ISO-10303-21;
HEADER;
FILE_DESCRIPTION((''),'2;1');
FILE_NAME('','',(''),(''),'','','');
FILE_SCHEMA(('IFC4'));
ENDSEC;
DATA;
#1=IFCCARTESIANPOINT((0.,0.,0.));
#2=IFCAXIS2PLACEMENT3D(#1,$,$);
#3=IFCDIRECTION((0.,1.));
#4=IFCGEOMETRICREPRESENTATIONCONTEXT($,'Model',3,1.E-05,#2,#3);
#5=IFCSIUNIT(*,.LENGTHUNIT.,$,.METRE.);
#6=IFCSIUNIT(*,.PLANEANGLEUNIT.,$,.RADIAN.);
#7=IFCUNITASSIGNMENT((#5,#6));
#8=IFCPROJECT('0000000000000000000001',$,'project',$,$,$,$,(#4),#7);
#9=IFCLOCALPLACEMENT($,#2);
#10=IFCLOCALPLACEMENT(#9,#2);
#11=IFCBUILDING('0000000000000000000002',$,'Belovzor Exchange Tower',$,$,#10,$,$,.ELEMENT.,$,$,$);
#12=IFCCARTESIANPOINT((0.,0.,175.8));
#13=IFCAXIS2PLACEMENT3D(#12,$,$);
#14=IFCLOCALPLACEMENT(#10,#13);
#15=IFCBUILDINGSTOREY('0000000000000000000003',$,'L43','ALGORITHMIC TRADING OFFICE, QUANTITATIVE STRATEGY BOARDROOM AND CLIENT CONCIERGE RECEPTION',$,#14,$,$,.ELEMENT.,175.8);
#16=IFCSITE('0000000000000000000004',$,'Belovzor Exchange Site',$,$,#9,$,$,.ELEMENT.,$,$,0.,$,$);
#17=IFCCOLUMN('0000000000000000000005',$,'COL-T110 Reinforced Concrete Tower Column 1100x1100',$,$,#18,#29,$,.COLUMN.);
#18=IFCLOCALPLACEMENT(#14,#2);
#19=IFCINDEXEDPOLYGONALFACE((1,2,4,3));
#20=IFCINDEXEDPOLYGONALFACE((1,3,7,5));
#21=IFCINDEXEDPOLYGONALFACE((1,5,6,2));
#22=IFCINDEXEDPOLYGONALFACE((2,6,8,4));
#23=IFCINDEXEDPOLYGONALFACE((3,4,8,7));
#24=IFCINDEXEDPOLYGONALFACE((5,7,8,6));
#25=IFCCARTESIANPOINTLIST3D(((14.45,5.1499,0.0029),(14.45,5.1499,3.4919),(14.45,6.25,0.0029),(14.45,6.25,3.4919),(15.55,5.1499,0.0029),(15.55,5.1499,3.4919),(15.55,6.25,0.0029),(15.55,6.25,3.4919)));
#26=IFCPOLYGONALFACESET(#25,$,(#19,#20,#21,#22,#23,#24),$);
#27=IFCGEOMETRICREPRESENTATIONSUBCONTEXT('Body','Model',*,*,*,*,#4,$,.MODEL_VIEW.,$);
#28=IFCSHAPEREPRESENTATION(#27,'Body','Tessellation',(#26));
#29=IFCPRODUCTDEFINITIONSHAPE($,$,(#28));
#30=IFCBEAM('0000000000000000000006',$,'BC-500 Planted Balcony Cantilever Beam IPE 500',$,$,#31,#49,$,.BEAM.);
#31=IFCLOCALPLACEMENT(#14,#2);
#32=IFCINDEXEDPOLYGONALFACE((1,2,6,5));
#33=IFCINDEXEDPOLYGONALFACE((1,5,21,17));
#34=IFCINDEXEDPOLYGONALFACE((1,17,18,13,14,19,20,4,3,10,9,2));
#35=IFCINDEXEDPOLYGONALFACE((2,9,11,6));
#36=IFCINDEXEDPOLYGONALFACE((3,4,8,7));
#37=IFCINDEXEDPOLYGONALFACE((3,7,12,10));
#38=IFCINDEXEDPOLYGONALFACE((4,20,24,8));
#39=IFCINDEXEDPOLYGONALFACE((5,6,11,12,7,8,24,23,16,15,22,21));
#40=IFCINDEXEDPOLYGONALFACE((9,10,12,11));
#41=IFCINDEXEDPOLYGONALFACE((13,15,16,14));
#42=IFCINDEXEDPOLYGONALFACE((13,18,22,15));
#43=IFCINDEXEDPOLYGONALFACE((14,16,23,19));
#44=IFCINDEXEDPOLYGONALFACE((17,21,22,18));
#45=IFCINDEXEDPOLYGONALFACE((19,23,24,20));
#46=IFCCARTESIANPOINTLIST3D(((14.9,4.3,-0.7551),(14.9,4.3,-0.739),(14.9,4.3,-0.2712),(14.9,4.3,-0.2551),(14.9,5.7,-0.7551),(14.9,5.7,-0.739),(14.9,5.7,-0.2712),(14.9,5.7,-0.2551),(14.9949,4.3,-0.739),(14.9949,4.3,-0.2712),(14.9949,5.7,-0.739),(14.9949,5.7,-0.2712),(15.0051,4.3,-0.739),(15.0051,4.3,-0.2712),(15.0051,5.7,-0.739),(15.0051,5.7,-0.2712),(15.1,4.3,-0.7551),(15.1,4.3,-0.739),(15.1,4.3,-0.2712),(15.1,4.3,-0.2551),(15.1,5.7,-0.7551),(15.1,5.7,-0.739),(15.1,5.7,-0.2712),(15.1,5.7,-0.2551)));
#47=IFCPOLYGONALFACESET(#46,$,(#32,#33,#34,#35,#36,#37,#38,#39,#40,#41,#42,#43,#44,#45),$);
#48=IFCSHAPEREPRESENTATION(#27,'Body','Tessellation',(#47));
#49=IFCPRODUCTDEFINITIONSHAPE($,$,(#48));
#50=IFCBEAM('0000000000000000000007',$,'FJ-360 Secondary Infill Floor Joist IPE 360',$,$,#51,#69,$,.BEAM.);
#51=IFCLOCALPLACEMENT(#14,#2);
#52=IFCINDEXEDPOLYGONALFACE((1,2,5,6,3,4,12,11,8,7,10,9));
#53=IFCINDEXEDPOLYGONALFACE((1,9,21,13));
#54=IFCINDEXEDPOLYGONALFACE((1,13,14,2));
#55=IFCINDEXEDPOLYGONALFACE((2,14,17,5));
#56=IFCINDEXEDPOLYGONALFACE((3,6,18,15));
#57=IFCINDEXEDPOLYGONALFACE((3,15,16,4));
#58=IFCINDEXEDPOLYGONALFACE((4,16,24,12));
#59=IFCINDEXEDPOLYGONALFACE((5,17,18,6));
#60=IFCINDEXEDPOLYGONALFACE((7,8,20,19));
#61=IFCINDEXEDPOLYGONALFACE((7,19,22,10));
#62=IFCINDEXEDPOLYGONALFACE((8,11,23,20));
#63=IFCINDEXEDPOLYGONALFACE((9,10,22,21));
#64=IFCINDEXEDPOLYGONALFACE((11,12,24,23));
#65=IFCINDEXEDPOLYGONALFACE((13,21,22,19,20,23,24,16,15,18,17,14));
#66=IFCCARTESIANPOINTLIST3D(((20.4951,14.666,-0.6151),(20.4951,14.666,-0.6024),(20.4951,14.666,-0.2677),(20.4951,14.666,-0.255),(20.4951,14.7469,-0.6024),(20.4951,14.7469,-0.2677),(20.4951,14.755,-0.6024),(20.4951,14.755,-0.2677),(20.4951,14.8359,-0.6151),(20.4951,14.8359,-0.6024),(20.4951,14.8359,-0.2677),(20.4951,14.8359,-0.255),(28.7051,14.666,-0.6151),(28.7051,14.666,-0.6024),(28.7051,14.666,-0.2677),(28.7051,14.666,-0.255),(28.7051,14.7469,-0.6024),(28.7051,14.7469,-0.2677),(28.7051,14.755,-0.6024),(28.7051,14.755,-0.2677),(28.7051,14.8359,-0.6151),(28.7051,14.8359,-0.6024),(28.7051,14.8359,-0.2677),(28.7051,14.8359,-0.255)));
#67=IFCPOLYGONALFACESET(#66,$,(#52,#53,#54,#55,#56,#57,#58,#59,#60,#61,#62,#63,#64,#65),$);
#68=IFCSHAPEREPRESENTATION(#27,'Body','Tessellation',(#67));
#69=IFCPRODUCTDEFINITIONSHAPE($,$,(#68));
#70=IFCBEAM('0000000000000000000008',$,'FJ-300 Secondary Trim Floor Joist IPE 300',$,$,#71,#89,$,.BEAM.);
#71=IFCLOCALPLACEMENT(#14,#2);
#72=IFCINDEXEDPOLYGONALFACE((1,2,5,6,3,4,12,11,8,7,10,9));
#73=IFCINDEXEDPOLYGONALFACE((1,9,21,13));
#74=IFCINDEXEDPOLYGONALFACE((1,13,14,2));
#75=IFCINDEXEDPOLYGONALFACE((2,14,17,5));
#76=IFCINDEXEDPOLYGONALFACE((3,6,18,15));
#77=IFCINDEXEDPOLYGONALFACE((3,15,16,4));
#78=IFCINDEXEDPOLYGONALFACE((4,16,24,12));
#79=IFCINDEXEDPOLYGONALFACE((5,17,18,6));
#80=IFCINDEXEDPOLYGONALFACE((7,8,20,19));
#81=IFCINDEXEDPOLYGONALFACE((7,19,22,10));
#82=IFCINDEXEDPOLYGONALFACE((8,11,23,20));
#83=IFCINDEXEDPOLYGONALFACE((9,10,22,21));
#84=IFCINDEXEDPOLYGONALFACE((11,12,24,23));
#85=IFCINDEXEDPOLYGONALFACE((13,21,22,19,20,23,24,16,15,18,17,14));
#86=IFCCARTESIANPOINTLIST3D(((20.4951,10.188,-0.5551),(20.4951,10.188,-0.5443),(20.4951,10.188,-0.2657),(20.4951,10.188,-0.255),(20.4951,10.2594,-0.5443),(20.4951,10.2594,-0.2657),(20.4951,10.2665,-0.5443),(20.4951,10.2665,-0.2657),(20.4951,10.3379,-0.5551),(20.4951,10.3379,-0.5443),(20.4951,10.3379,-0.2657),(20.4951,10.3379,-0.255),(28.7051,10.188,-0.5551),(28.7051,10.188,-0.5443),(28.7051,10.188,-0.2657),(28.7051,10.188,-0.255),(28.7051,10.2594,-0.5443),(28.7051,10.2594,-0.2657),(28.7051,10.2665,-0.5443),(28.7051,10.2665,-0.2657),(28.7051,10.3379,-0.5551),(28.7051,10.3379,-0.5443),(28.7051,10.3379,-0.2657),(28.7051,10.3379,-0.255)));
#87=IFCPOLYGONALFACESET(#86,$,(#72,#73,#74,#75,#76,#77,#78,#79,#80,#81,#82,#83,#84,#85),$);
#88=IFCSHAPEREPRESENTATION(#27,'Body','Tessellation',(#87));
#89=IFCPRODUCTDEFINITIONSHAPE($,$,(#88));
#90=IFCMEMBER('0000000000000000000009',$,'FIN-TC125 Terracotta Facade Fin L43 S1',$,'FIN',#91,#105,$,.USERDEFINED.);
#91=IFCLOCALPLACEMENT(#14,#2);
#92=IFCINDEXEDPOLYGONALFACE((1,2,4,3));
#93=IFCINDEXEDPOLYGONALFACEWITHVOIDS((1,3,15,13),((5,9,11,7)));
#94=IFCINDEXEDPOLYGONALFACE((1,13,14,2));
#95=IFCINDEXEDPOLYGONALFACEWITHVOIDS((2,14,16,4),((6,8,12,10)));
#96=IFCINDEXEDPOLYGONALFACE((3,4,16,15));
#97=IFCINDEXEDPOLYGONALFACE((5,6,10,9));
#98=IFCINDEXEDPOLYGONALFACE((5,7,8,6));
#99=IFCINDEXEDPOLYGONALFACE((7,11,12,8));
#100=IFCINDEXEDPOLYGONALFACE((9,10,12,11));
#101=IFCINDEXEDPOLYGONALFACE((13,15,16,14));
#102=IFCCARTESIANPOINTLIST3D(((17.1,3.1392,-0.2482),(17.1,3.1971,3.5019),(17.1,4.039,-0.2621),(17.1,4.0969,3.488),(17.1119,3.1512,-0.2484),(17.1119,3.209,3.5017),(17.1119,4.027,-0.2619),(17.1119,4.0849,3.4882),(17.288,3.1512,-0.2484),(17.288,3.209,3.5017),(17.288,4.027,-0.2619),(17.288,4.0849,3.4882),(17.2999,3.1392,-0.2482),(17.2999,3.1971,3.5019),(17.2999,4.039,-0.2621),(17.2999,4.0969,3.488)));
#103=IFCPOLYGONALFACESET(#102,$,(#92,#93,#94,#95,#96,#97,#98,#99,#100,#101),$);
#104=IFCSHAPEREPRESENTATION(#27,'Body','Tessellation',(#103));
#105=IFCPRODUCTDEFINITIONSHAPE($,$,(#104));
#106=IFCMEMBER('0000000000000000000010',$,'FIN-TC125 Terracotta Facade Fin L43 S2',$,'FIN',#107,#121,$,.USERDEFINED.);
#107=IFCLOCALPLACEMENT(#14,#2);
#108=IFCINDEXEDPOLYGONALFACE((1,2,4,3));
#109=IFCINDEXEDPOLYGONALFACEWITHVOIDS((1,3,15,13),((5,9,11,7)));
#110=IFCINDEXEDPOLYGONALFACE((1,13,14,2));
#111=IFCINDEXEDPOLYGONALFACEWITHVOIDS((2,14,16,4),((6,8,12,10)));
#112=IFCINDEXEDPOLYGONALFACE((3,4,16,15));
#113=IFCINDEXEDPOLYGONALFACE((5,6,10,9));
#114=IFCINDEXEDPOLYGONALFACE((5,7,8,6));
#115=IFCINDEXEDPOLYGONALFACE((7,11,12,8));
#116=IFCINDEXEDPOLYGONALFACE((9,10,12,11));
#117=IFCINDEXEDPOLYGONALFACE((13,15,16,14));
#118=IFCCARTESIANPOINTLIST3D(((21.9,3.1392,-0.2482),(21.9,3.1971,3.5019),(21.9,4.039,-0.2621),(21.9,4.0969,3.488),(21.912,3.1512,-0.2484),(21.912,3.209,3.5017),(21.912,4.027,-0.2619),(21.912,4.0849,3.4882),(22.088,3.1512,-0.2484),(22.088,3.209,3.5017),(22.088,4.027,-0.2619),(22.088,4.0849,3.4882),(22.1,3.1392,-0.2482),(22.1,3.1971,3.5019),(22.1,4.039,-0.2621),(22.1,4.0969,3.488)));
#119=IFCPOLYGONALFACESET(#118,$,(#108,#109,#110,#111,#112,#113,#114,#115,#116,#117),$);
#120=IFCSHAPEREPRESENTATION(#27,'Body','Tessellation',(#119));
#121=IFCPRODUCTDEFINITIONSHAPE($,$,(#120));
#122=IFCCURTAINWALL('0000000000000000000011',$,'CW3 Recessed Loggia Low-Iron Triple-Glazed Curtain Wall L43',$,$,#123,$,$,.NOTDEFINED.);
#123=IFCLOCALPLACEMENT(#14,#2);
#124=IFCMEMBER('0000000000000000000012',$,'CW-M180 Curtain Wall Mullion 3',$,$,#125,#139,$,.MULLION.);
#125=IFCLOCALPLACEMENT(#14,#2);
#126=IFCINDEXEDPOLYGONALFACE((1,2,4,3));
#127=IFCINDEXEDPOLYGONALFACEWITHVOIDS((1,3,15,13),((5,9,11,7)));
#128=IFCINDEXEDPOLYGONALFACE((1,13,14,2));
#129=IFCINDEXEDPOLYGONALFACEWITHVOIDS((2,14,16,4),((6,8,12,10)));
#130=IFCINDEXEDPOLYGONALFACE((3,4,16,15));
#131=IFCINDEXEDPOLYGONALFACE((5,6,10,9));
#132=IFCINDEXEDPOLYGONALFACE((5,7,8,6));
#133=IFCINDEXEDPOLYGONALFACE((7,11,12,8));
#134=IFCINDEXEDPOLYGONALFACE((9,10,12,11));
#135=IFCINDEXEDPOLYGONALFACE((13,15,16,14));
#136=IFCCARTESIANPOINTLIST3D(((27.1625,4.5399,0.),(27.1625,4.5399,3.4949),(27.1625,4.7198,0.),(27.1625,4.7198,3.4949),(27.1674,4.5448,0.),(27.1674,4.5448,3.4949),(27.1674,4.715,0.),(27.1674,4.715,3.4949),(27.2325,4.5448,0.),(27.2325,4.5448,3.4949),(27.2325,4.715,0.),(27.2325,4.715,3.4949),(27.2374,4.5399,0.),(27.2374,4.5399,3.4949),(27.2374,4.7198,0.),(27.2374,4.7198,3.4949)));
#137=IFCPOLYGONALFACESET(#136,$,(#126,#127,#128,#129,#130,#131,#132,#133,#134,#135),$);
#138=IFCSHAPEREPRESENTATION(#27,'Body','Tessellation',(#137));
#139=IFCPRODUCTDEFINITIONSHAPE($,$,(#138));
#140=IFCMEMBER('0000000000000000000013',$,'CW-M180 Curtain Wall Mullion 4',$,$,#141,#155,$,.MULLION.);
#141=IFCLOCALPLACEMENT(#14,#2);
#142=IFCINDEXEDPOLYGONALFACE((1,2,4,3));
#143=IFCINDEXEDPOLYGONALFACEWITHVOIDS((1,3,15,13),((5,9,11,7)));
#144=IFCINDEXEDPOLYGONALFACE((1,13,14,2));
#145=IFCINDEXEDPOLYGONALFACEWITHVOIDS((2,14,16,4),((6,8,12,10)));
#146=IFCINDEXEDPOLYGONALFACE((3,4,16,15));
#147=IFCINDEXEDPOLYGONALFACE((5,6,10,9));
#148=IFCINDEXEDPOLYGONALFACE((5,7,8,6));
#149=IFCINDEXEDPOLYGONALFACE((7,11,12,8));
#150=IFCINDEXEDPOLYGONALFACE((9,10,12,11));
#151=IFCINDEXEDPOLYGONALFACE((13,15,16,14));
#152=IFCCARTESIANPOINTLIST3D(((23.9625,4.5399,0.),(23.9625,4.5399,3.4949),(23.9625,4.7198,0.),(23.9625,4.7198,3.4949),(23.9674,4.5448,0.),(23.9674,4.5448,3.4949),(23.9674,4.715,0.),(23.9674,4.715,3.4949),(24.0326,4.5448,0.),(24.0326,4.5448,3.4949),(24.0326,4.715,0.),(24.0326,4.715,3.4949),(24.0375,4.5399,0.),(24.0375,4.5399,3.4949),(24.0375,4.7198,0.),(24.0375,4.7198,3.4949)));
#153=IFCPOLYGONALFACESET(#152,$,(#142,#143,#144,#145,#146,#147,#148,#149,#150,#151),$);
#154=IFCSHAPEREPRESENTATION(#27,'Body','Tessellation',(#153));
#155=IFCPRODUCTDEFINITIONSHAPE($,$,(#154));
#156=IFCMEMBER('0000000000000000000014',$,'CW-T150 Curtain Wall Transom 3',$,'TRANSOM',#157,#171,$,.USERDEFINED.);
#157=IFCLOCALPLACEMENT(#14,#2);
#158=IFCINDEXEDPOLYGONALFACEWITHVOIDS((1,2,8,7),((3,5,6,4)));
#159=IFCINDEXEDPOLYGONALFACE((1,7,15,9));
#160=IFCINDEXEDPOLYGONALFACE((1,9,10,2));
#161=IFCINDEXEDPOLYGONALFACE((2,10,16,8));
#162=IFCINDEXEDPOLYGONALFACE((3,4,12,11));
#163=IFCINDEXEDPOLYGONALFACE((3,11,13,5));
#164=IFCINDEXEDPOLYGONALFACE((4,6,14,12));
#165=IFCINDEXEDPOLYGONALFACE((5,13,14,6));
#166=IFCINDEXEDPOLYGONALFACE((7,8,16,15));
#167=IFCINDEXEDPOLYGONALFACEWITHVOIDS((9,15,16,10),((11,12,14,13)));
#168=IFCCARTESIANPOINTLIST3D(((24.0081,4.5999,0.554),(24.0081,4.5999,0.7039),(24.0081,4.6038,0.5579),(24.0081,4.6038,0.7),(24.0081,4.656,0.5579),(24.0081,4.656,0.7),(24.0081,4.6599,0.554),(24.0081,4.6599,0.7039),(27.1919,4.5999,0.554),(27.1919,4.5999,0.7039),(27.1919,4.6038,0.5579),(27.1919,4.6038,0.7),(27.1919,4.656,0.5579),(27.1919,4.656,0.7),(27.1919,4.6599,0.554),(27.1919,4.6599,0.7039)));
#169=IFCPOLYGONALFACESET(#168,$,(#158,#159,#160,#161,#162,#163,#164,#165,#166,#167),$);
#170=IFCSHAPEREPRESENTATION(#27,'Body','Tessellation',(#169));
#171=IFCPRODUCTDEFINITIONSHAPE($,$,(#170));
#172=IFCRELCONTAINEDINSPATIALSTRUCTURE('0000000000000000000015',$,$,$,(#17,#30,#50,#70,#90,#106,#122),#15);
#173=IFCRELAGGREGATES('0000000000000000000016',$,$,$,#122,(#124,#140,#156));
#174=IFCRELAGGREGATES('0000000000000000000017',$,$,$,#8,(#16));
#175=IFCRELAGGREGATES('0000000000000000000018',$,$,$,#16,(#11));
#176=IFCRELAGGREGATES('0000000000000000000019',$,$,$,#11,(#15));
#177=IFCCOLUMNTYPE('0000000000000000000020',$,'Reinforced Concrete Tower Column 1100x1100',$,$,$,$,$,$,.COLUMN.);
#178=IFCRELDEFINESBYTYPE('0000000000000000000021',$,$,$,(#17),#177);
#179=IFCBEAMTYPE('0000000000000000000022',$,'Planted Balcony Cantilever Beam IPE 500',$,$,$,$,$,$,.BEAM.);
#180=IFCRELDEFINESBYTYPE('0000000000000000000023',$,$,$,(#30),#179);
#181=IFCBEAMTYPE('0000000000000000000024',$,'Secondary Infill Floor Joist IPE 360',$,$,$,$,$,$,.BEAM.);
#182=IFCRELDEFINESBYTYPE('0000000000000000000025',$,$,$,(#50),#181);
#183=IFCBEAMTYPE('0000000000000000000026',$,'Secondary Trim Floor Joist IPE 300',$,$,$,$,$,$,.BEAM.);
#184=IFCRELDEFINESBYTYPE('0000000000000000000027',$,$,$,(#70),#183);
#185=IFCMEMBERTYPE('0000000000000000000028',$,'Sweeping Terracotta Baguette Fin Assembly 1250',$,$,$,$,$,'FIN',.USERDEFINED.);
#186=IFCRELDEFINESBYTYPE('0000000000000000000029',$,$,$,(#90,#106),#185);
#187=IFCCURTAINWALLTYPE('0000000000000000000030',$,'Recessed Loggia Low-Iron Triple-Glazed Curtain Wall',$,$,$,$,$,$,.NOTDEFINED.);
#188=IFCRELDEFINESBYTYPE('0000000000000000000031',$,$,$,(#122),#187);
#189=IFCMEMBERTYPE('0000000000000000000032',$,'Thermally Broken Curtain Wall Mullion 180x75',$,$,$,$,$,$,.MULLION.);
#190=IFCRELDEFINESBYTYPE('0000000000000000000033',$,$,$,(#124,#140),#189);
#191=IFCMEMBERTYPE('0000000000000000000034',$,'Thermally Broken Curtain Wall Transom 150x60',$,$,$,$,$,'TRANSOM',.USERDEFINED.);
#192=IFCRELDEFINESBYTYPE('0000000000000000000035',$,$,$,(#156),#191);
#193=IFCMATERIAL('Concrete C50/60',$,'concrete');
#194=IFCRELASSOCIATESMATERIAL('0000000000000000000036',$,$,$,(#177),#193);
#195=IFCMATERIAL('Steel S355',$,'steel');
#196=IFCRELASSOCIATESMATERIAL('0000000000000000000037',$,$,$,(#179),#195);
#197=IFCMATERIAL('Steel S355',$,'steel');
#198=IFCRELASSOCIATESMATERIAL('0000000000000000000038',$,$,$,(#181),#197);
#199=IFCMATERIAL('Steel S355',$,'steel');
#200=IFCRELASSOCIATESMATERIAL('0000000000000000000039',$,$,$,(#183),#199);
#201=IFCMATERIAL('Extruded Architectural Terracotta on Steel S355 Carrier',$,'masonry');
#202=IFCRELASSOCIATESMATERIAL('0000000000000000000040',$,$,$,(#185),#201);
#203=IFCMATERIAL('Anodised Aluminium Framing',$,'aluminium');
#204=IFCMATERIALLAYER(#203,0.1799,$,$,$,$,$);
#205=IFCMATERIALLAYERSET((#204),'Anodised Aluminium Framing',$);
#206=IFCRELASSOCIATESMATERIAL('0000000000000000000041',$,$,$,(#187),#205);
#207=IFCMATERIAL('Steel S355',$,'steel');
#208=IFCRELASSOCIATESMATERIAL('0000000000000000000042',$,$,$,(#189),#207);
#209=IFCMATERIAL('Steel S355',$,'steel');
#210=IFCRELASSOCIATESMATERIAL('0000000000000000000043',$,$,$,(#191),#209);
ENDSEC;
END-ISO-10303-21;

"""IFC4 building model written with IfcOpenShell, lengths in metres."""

from ifc_helpers import new_model, si_unit, direction, frame, origin, origin_2d, place, context, subcontext, project, spatial, rectangle, hollow_rectangle, i_section, extrude, material, layer, layer_set, material_profile, profile_set, type_object, element, aggregate, save


model = new_model("IFC4")

# Units and contexts
model_context = context("Model", 3, precision=1e-05, world=origin(), true_north=direction((0.0, 1.0)))
body_context = subcontext(model_context, "Body", "Model", "MODEL_VIEW")
ifc_project = project(units=[si_unit("LENGTHUNIT", "METRE"), si_unit("PLANEANGLEUNIT", "RADIAN")], contexts=[model_context])

# Site, building, storey
site_placement = place(None, origin())
site = spatial("IfcSite", under=ifc_project, at=site_placement, Name="Belovzor Exchange Site", CompositionType="ELEMENT", RefElevation=0.0)
building_placement = place(site_placement, origin())
building = spatial("IfcBuilding", under=site, at=building_placement, Name="Belovzor Exchange Tower", CompositionType="ELEMENT")
storey_placement = place(building_placement, frame((0.0, 0.0, 175.8)))
storey = spatial("IfcBuildingStorey", under=building, at=storey_placement, Name="L43", Description="ALGORITHMIC TRADING OFFICE, QUANTITATIVE STRATEGY BOARDROOM AND CLIENT CONCIERGE RECEPTION", CompositionType="ELEMENT", Elevation=175.8)

# Column
ifc_material_1 = material(Name="Concrete C50/60", Category="concrete")
ifc_material_profile_1 = material_profile(ifc_material_1, rectangle(XDim=1.1001, YDim=1.1001, at=origin_2d()))
ifc_profile_set_1 = profile_set([ifc_material_profile_1], Name="Concrete C50/60")
column_type = type_object("IfcColumnType", Name="Reinforced Concrete Tower Column 1100x1100", PredefinedType="COLUMN", material=ifc_profile_set_1)
column_placement = place(storey_placement, frame((15.0, 5.7, 0.0029), z_axis=(0.0, 0.0, 1.0), x_axis=(1.0, 0.0, 0.0)))
element("IfcColumn", 1, at=column_placement, inside=storey, type_object=column_type, Name="COL-T110 Reinforced Concrete Tower Column 1100x1100", PredefinedType="COLUMN", context=body_context, shape_type="SweptSolid", body=[
    extrude(rectangle(XDim=1.1001, YDim=1.1001, at=origin_2d()), origin(), (0.0, 0.0, 1.0), 3.489),
])

# Beams
ifc_material_2 = material(Name="Steel S355", Category="steel")
ifc_material_profile_2 = material_profile(ifc_material_2, i_section(OverallWidth=0.2, OverallDepth=0.5, WebThickness=0.0103, FlangeThickness=0.0161, at=origin_2d()))
ifc_profile_set_2 = profile_set([ifc_material_profile_2], Name="Steel S355")
beam_type_1 = type_object("IfcBeamType", Name="Planted Balcony Cantilever Beam IPE 500", PredefinedType="BEAM", material=ifc_profile_set_2)
beam_1_placement = place(storey_placement, frame((15.0, 5.7, -0.5051), z_axis=(0.0, -1.0, 0.0), x_axis=(1.0, 0.0, 0.0)))
element("IfcBeam", 2, at=beam_1_placement, inside=storey, type_object=beam_type_1, Name="BC-500 Planted Balcony Cantilever Beam IPE 500", PredefinedType="BEAM", context=body_context, shape_type="SweptSolid", body=[
    extrude(i_section(OverallWidth=0.2, OverallDepth=0.5, WebThickness=0.0103, FlangeThickness=0.0161, at=origin_2d()), origin(), (0.0, 0.0, 1.0), 1.3999),
])
ifc_material_3 = material(Name="Steel S355", Category="steel")
ifc_material_profile_3 = material_profile(ifc_material_3, i_section(OverallWidth=0.1699, OverallDepth=0.3601, WebThickness=0.0081, FlangeThickness=0.0127, at=origin_2d()))
ifc_profile_set_3 = profile_set([ifc_material_profile_3], Name="Steel S355")
beam_type_2 = type_object("IfcBeamType", Name="Secondary Infill Floor Joist IPE 360", PredefinedType="BEAM", material=ifc_profile_set_3)
beam_2_placement = place(storey_placement, frame((20.4951, 14.751, -0.4351), z_axis=(1.0, 0.0, 0.0), x_axis=(0.0, 1.0, 0.0)))
element("IfcBeam", 3, at=beam_2_placement, inside=storey, type_object=beam_type_2, Name="FJ-360 Secondary Infill Floor Joist IPE 360", PredefinedType="BEAM", context=body_context, shape_type="SweptSolid", body=[
    extrude(i_section(OverallWidth=0.1699, OverallDepth=0.3601, WebThickness=0.0081, FlangeThickness=0.0127, at=origin_2d()), origin(), (0.0, 0.0, 1.0), 8.21),
])
ifc_material_4 = material(Name="Steel S355", Category="steel")
ifc_material_profile_4 = material_profile(ifc_material_4, i_section(OverallWidth=0.1499, OverallDepth=0.3, WebThickness=0.0071, FlangeThickness=0.0107, at=origin_2d()))
ifc_profile_set_4 = profile_set([ifc_material_profile_4], Name="Steel S355")
beam_type_3 = type_object("IfcBeamType", Name="Secondary Trim Floor Joist IPE 300", PredefinedType="BEAM", material=ifc_profile_set_4)
beam_3_placement = place(storey_placement, frame((20.4951, 10.2629, -0.405), z_axis=(1.0, 0.0, 0.0), x_axis=(0.0, 1.0, 0.0)))
element("IfcBeam", 4, at=beam_3_placement, inside=storey, type_object=beam_type_3, Name="FJ-300 Secondary Trim Floor Joist IPE 300", PredefinedType="BEAM", context=body_context, shape_type="SweptSolid", body=[
    extrude(i_section(OverallWidth=0.1499, OverallDepth=0.3, WebThickness=0.0071, FlangeThickness=0.0107, at=origin_2d()), origin(), (0.0, 0.0, 1.0), 8.21),
])

# Members
ifc_material_5 = material(Name="Extruded Architectural Terracotta on Steel S355 Carrier", Category="masonry")
ifc_material_profile_5 = material_profile(ifc_material_5, hollow_rectangle(XDim=0.2, YDim=0.8999, WallThickness=0.012, at=origin_2d()))
ifc_profile_set_5 = profile_set([ifc_material_profile_5], Name="Extruded Architectural Terracotta on Steel S355 Carrier")
member_type_1 = type_object("IfcMemberType", Name="Sweeping Terracotta Baguette Fin Assembly 1250", ElementType="FIN", PredefinedType="USERDEFINED", material=ifc_profile_set_5)
for number, where, z_axis, x_axis, name in (
    (5, (17.2, 3.5891, -0.2551), (0.0, 0.015428, 0.999881), (-1.0, 0.0, 0.0), "FIN-TC125 Terracotta Facade Fin L43 S1"),
    (6, (22.0, 3.5891, -0.2551), (0.0, 0.015428, 0.999881), (-1.0, 0.0, 0.0), "FIN-TC125 Terracotta Facade Fin L43 S2"),
):
    element("IfcMember", number, at=place(storey_placement, frame(where, z_axis=z_axis, x_axis=x_axis)), inside=storey, type_object=member_type_1, Name=name, ObjectType="FIN", PredefinedType="USERDEFINED", context=body_context, shape_type="SweptSolid", body=[
        extrude(hollow_rectangle(XDim=0.2, YDim=0.8999, WallThickness=0.012, at=origin_2d()), origin(), (0.0, 0.0, 1.0), 3.7505),
    ])

# Curtain wall, members
ifc_material_6 = material(Name="Anodised Aluminium Framing", Category="aluminium")
ifc_layer_1 = layer(ifc_material_6, 0.1799)
ifc_layer_set_1 = layer_set([ifc_layer_1], Name="Anodised Aluminium Framing")
curtain_wall_type = type_object("IfcCurtainWallType", Name="Recessed Loggia Low-Iron Triple-Glazed Curtain Wall", PredefinedType="NOTDEFINED", material=ifc_layer_set_1)
curtain_wall_placement = place(storey_placement, origin())
curtain_wall = element("IfcCurtainWall", 7, at=curtain_wall_placement, inside=storey, type_object=curtain_wall_type, Name="CW3 Recessed Loggia Low-Iron Triple-Glazed Curtain Wall L43", PredefinedType="NOTDEFINED")
ifc_material_7 = material(Name="Steel S355", Category="steel")
ifc_material_profile_6 = material_profile(ifc_material_7, hollow_rectangle(XDim=0.075, YDim=0.1799, WallThickness=0.0049, at=origin_2d()))
ifc_profile_set_6 = profile_set([ifc_material_profile_6], Name="Steel S355")
member_type_2 = type_object("IfcMemberType", Name="Thermally Broken Curtain Wall Mullion 180x75", PredefinedType="MULLION", material=ifc_profile_set_6)
member_1_placement = place(storey_placement, frame((27.2, 4.6299, 0.0), z_axis=(0.0, 0.0, 1.0), x_axis=(-1.0, 0.0, 0.0)))
member_1 = element("IfcMember", 8, at=member_1_placement, type_object=member_type_2, Name="CW-M180 Curtain Wall Mullion 3", PredefinedType="MULLION", context=body_context, shape_type="SweptSolid", body=[
    extrude(hollow_rectangle(XDim=0.075, YDim=0.1799, WallThickness=0.0049, at=origin_2d()), origin(), (0.0, 0.0, 1.0), 3.4949),
])
member_2_placement = place(storey_placement, frame((24.0, 4.6299, 0.0), z_axis=(0.0, 0.0, 1.0), x_axis=(-1.0, 0.0, 0.0)))
member_2 = element("IfcMember", 9, at=member_2_placement, type_object=member_type_2, Name="CW-M180 Curtain Wall Mullion 4", PredefinedType="MULLION", context=body_context, shape_type="SweptSolid", body=[
    extrude(hollow_rectangle(XDim=0.075, YDim=0.1799, WallThickness=0.0049, at=origin_2d()), origin(), (0.0, 0.0, 1.0), 3.4949),
])
ifc_material_8 = material(Name="Steel S355", Category="steel")
ifc_material_profile_7 = material_profile(ifc_material_8, hollow_rectangle(XDim=0.0601, YDim=0.1499, WallThickness=0.0039, at=origin_2d()))
ifc_profile_set_7 = profile_set([ifc_material_profile_7], Name="Steel S355")
member_type_3 = type_object("IfcMemberType", Name="Thermally Broken Curtain Wall Transom 150x60", ElementType="TRANSOM", PredefinedType="USERDEFINED", material=ifc_profile_set_7)
member_3_placement = place(storey_placement, frame((27.1919, 4.6299, 0.6289), z_axis=(-1.0, 0.0, 0.0), x_axis=(0.0, -1.0, 0.0)))
member_3 = element("IfcMember", 10, at=member_3_placement, type_object=member_type_3, Name="CW-T150 Curtain Wall Transom 3", ObjectType="TRANSOM", PredefinedType="USERDEFINED", context=body_context, shape_type="SweptSolid", body=[
    extrude(hollow_rectangle(XDim=0.0601, YDim=0.1499, WallThickness=0.0039, at=origin_2d()), origin(), (0.0, 0.0, 1.0), 3.1838),
])

aggregate(curtain_wall, [member_1, member_2, member_3])

save(model, "model.ifc")
